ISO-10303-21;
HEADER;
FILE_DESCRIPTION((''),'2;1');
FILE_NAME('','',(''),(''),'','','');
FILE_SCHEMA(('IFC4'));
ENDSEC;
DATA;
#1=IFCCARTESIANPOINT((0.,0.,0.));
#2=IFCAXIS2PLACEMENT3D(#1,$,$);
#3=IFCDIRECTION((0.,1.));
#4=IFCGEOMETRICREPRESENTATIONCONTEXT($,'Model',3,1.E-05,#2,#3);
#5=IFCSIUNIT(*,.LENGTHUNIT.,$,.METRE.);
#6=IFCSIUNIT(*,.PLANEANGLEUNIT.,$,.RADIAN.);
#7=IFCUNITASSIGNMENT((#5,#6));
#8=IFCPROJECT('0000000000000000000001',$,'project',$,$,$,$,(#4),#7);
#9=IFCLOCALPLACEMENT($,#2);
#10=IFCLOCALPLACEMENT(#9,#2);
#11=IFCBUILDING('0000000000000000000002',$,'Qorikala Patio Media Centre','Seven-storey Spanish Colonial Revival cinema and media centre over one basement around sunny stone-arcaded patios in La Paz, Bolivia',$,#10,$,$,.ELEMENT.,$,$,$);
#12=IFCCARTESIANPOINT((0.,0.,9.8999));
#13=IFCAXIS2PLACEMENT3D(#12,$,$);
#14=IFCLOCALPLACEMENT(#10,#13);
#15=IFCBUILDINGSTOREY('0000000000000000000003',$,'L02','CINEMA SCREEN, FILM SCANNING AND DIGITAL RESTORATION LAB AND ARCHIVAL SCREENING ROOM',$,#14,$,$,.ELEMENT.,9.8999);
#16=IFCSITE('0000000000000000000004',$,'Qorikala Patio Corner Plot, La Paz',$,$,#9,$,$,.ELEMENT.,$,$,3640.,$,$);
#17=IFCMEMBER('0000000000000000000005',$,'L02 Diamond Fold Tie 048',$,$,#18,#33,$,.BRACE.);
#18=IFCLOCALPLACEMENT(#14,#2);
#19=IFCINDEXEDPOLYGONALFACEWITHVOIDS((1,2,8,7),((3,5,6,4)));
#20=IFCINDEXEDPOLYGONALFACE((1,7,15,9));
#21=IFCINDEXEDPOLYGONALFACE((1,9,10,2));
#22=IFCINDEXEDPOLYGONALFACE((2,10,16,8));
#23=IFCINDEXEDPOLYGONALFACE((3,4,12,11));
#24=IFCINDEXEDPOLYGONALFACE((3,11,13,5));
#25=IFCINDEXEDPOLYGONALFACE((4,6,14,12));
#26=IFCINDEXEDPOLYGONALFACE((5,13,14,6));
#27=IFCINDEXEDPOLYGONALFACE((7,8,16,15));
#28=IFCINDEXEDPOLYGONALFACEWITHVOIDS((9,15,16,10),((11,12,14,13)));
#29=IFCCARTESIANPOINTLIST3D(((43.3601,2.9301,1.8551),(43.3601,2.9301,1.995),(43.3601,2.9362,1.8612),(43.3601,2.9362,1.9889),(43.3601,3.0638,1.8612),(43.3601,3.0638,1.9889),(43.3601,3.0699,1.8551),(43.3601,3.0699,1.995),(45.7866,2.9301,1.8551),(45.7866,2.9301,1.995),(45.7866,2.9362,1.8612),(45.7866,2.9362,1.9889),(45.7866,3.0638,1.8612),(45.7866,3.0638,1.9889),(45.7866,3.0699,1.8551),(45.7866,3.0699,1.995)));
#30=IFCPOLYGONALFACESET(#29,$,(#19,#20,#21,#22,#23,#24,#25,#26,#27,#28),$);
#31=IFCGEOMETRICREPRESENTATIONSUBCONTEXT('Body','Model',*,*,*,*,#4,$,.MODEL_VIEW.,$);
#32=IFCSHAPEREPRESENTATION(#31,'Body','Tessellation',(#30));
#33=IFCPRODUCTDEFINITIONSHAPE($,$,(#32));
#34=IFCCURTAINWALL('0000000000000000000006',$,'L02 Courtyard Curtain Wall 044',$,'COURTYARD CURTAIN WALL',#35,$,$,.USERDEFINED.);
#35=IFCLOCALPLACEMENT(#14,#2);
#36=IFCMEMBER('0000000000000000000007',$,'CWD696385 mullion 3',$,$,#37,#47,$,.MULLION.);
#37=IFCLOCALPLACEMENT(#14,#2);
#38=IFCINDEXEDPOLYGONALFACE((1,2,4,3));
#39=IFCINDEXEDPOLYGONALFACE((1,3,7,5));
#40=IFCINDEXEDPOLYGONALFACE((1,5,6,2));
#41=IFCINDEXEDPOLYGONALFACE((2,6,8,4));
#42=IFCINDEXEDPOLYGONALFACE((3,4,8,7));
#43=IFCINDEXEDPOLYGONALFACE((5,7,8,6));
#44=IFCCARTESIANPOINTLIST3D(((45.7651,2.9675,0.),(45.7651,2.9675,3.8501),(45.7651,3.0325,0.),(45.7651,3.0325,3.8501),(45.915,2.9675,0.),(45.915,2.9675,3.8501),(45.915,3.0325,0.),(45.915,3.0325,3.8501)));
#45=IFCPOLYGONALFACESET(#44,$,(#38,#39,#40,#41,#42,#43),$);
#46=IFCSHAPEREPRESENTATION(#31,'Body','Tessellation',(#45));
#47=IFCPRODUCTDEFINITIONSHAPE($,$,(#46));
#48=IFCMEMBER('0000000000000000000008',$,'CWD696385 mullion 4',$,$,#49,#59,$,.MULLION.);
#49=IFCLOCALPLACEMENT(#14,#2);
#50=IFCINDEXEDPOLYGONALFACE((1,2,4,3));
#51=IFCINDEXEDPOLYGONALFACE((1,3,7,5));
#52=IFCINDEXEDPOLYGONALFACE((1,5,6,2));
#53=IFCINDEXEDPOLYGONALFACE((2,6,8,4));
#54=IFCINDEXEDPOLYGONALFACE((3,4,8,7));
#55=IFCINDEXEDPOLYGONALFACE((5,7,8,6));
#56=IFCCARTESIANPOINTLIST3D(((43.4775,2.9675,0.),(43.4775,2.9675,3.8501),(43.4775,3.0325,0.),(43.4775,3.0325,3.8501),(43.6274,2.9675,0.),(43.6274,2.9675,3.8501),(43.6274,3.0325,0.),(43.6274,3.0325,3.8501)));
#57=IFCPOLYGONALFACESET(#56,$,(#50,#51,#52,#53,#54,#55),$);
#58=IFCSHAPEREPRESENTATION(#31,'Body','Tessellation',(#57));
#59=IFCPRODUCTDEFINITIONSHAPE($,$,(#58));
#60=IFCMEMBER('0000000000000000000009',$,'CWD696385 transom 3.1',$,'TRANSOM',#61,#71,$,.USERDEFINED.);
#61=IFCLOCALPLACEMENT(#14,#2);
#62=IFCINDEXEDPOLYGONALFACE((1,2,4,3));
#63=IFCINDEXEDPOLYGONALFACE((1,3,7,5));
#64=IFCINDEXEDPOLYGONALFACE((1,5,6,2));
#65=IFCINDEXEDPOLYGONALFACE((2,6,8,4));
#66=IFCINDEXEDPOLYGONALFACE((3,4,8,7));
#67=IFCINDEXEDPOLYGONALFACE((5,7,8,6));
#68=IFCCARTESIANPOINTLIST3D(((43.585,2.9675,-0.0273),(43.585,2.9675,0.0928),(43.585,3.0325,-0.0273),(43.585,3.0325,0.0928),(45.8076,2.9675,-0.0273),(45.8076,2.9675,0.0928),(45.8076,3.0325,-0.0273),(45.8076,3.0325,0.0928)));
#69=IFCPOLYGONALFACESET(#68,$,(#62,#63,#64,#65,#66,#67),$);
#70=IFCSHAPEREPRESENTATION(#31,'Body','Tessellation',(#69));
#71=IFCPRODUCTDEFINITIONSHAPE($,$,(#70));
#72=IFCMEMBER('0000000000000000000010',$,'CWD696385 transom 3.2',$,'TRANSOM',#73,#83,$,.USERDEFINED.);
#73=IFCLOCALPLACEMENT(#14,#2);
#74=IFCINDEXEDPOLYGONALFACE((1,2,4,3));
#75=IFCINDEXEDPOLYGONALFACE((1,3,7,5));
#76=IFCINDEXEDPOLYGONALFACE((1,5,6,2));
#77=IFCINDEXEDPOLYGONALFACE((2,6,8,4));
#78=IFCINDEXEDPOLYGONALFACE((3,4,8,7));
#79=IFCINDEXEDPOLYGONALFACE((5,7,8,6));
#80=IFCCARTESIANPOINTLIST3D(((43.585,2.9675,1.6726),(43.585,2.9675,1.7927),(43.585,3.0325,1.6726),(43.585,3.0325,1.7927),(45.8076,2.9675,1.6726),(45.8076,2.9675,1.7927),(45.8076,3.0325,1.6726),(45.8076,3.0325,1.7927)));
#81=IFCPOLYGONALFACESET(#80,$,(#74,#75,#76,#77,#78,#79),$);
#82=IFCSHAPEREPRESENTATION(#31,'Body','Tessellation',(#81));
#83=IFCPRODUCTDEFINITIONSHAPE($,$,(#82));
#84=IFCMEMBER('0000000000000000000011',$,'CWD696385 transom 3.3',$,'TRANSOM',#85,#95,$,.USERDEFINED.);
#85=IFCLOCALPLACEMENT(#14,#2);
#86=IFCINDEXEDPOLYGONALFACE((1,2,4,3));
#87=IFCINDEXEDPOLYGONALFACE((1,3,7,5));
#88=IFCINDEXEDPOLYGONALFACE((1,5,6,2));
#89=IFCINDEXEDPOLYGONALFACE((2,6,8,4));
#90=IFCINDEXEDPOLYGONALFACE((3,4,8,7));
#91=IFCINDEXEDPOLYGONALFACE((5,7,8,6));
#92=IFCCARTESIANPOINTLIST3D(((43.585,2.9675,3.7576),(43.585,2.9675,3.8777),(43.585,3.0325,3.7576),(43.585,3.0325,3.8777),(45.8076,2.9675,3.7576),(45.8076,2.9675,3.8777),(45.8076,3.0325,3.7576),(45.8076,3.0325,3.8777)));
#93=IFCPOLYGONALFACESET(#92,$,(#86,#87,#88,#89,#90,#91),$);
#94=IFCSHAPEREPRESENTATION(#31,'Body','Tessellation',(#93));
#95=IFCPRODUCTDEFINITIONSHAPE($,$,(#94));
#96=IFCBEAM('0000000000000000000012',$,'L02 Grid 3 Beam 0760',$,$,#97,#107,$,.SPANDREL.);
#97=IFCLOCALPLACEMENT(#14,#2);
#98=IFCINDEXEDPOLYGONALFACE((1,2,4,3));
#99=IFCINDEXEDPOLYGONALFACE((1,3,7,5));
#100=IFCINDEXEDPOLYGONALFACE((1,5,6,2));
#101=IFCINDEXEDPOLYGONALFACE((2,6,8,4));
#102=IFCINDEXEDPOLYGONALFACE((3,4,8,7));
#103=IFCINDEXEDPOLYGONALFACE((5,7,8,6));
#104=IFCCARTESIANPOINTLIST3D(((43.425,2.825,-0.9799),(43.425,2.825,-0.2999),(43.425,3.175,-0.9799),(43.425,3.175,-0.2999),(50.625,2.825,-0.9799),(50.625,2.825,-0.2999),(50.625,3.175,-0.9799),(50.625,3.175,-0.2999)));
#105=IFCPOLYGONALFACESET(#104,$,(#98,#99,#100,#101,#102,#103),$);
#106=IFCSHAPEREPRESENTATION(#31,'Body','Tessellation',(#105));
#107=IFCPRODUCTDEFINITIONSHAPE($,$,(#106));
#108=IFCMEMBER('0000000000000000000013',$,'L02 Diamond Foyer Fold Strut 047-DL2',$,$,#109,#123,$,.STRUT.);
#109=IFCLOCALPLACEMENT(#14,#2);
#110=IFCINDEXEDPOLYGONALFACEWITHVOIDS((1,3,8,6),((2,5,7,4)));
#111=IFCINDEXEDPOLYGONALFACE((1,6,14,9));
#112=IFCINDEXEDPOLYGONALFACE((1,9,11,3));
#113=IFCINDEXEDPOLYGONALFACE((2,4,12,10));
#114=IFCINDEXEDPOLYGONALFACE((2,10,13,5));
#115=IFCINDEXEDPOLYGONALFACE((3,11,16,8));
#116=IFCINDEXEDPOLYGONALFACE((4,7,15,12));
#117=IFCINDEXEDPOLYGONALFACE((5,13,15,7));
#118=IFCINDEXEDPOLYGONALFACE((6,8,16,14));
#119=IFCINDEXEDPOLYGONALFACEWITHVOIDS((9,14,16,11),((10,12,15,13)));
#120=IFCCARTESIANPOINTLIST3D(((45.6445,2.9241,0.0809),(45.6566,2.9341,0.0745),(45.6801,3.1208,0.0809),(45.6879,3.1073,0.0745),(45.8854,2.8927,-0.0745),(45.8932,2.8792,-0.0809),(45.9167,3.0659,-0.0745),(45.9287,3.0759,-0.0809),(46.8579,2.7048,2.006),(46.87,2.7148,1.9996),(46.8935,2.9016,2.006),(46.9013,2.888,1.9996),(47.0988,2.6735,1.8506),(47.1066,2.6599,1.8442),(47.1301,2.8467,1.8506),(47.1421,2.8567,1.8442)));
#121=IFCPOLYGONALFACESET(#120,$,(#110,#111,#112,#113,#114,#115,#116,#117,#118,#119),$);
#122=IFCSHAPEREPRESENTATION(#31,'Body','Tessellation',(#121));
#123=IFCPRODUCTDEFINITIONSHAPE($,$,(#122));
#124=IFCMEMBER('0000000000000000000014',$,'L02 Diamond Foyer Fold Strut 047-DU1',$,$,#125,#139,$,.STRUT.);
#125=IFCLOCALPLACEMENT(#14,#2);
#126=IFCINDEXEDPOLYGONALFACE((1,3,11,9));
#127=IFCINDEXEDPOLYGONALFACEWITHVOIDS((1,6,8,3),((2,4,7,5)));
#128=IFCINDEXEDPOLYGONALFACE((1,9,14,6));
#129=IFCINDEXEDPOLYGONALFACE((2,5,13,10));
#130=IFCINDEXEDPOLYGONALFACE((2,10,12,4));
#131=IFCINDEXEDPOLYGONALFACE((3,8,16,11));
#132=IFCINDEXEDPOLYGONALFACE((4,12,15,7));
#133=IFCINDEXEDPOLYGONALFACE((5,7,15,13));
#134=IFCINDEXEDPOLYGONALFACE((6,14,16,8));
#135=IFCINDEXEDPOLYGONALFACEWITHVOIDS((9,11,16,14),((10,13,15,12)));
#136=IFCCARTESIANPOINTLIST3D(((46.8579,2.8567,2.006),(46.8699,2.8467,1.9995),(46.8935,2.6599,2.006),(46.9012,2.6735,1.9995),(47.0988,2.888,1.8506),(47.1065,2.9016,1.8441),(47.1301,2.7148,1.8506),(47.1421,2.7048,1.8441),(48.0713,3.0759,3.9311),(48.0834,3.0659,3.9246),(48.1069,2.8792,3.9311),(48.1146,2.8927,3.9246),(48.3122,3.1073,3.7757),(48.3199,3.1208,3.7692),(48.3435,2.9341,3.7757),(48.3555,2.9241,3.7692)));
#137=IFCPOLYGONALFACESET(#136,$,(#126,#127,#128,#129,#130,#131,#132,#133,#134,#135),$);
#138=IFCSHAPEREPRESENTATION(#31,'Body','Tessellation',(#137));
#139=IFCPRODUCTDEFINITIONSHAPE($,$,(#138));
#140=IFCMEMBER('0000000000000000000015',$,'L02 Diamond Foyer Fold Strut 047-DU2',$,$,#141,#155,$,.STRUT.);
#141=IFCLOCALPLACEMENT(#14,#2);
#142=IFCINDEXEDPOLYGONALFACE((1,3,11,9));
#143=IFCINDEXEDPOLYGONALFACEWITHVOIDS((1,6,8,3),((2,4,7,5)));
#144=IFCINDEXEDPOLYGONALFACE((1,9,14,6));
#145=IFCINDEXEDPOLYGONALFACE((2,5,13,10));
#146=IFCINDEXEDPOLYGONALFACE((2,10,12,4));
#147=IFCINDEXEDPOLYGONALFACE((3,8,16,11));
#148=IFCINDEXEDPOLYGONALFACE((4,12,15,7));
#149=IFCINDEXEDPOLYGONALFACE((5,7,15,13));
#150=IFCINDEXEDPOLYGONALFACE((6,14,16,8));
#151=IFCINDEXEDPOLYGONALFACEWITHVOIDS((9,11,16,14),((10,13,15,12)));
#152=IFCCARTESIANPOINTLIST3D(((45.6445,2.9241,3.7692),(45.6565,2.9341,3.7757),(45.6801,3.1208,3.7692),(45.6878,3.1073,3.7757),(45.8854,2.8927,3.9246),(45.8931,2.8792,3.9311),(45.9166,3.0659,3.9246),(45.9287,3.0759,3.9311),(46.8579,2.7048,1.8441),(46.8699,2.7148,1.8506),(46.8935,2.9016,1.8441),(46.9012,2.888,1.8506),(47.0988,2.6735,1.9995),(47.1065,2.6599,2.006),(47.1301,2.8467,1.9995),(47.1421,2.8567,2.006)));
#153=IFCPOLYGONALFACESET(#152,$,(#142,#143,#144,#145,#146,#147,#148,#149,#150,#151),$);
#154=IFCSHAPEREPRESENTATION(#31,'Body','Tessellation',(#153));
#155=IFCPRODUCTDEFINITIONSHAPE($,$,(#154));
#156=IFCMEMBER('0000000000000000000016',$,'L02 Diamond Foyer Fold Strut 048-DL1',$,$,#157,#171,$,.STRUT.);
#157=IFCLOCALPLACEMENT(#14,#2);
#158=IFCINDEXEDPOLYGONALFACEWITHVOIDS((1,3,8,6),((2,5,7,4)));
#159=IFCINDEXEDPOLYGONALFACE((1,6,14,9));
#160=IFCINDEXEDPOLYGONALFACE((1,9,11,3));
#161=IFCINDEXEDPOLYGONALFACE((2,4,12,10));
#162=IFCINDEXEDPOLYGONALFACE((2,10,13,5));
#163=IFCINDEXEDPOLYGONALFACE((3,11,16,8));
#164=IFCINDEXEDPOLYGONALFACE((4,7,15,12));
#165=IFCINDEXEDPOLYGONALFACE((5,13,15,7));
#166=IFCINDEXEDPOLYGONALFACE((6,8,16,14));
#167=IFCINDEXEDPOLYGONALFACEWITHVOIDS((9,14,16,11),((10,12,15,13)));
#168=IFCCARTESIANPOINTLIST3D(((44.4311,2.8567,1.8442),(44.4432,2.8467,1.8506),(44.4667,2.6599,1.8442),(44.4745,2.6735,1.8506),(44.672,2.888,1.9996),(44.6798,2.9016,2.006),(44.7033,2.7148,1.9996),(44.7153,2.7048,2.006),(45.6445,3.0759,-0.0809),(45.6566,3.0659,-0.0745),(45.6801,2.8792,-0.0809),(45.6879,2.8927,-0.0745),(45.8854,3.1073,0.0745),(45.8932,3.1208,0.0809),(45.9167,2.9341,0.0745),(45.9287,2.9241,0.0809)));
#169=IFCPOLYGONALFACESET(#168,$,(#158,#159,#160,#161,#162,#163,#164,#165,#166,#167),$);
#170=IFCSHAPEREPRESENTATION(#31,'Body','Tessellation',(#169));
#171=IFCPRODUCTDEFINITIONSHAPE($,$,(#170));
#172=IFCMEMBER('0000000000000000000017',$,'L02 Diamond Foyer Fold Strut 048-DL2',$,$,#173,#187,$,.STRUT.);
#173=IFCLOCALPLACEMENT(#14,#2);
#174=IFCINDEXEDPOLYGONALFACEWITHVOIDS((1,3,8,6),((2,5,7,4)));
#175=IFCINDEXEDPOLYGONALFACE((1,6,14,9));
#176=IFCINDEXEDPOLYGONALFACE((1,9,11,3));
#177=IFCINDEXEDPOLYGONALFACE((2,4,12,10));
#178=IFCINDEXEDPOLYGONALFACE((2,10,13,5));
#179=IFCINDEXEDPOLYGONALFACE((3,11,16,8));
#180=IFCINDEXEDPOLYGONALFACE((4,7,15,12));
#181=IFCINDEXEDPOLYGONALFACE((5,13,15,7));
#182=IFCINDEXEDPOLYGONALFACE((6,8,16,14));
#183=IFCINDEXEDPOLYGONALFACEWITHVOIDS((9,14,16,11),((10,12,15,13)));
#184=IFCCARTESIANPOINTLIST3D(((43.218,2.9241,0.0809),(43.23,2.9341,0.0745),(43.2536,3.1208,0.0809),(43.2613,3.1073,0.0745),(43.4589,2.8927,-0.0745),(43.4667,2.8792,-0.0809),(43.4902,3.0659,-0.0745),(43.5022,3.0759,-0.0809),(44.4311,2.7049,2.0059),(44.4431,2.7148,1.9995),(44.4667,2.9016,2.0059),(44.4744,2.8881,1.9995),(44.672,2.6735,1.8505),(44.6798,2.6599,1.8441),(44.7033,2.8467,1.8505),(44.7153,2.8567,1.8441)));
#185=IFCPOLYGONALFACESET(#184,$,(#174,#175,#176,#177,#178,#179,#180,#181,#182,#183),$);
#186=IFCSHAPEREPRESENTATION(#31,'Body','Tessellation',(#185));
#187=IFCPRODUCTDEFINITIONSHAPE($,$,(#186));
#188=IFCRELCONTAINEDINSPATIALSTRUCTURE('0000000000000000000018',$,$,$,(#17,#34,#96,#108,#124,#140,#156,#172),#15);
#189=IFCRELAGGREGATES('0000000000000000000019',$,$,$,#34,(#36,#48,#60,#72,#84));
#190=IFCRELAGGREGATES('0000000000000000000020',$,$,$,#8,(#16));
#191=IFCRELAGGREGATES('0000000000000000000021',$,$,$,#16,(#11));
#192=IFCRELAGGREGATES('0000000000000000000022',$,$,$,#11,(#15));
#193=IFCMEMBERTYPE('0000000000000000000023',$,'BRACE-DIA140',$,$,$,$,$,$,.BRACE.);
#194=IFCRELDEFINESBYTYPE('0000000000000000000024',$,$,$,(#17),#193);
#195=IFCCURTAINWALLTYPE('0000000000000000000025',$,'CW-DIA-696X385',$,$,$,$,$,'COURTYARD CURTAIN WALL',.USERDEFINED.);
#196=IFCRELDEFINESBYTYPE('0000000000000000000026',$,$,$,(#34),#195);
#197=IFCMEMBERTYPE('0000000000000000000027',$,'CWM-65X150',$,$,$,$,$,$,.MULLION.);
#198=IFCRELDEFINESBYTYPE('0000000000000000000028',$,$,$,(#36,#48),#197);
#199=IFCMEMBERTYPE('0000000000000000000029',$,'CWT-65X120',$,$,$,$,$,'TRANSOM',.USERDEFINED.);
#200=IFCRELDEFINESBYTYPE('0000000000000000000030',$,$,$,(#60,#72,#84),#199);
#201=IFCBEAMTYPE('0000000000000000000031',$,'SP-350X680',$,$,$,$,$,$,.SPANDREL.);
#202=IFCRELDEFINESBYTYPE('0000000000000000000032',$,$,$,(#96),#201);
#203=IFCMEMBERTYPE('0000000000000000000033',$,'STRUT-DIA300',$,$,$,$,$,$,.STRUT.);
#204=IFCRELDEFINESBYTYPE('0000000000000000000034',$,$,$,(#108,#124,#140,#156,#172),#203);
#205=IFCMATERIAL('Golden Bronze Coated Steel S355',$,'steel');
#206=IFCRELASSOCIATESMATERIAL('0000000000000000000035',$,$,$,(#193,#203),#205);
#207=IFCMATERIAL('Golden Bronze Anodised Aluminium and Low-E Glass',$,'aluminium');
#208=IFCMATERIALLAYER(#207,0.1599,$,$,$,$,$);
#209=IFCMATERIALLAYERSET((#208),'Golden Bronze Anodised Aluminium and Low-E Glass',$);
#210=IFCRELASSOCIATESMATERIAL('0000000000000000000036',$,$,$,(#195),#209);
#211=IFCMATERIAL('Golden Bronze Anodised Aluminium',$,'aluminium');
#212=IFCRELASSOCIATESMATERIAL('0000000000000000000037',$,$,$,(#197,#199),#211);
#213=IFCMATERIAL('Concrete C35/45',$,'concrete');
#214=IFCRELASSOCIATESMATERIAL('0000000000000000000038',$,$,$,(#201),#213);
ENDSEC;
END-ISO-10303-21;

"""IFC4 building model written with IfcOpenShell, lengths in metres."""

from ifc_helpers import new_model, si_unit, direction, frame, origin, origin_2d, place, context, subcontext, project, spatial, rectangle, hollow_rectangle, extrude, material, layer, layer_set, material_profile, profile_set, type_object, element, aggregate, save


model = new_model("IFC4")

# Units and contexts
model_context = context("Model", 3, precision=1e-05, world=origin(), true_north=direction((0.0, 1.0)))
body_context = subcontext(model_context, "Body", "Model", "MODEL_VIEW")
ifc_project = project(units=[si_unit("LENGTHUNIT", "METRE"), si_unit("PLANEANGLEUNIT", "RADIAN")], contexts=[model_context])

# Site, building, storey
site_placement = place(None, origin())
site = spatial("IfcSite", under=ifc_project, at=site_placement, Name="Qorikala Patio Corner Plot, La Paz", CompositionType="ELEMENT", RefElevation=3640.0)
building_placement = place(site_placement, origin())
building = spatial("IfcBuilding", under=site, at=building_placement, Name="Qorikala Patio Media Centre", Description="Seven-storey Spanish Colonial Revival cinema and media centre over one basement around sunny stone-arcaded patios in La Paz, Bolivia", CompositionType="ELEMENT")
storey_placement = place(building_placement, frame((0.0, 0.0, 9.8999)))
storey = spatial("IfcBuildingStorey", under=building, at=storey_placement, Name="L02", Description="CINEMA SCREEN, FILM SCANNING AND DIGITAL RESTORATION LAB AND ARCHIVAL SCREENING ROOM", CompositionType="ELEMENT", Elevation=9.8999)

# Member
ifc_material_1 = material(Name="Golden Bronze Coated Steel S355", Category="steel")
ifc_material_profile_1 = material_profile(ifc_material_1, hollow_rectangle(XDim=0.1399, YDim=0.1399, WallThickness=0.0061, at=origin_2d()), Name="HSS140X140X6")
ifc_profile_set_1 = profile_set([ifc_material_profile_1], Name="Golden Bronze Coated Steel S355")
member_type_1 = type_object("IfcMemberType", Name="BRACE-DIA140", PredefinedType="BRACE", material=ifc_profile_set_1)
member_1_placement = place(storey_placement, frame((45.7866, 3.0, 1.925), z_axis=(-1.0, 0.0, 0.0), x_axis=(0.0, -1.0, 0.0)))
element("IfcMember", 1, at=member_1_placement, inside=storey, type_object=member_type_1, Name="L02 Diamond Fold Tie 048", PredefinedType="BRACE", context=body_context, shape_type="SweptSolid", body=[
    extrude(hollow_rectangle(XDim=0.1399, YDim=0.1399, WallThickness=0.0061, at=origin_2d()), origin(), (0.0, 0.0, 1.0), 2.4265),
])

# Curtain wall, members
ifc_material_2 = material(Name="Golden Bronze Anodised Aluminium and Low-E Glass", Category="aluminium")
ifc_layer_1 = layer(ifc_material_2, 0.1599)
ifc_layer_set_1 = layer_set([ifc_layer_1], Name="Golden Bronze Anodised Aluminium and Low-E Glass")
curtain_wall_type = type_object("IfcCurtainWallType", Name="CW-DIA-696X385", ElementType="COURTYARD CURTAIN WALL", PredefinedType="USERDEFINED", material=ifc_layer_set_1)
curtain_wall_placement = place(storey_placement, origin())
curtain_wall = element("IfcCurtainWall", 2, at=curtain_wall_placement, inside=storey, type_object=curtain_wall_type, Name="L02 Courtyard Curtain Wall 044", ObjectType="COURTYARD CURTAIN WALL", PredefinedType="USERDEFINED")
ifc_material_3 = material(Name="Golden Bronze Anodised Aluminium", Category="aluminium")
ifc_material_profile_2 = material_profile(ifc_material_3, rectangle(XDim=0.0649, YDim=0.1499, at=origin_2d()), Name="ALU MULLION 65x150")
ifc_profile_set_2 = profile_set([ifc_material_profile_2], Name="Golden Bronze Anodised Aluminium")
member_type_2 = type_object("IfcMemberType", Name="CWM-65X150", PredefinedType="MULLION", material=ifc_profile_set_2)
member_2_placement = place(storey_placement, frame((45.8401, 3.0, 0.0), z_axis=(0.0, 0.0, 1.0), x_axis=(0.0, -1.0, 0.0)))
member_2 = element("IfcMember", 3, at=member_2_placement, type_object=member_type_2, Name="CWD696385 mullion 3", PredefinedType="MULLION", context=body_context, shape_type="SweptSolid", body=[
    extrude(rectangle(XDim=0.0649, YDim=0.1499, at=origin_2d()), origin(), (0.0, 0.0, 1.0), 3.8501),
])
member_3_placement = place(storey_placement, frame((43.5525, 3.0, 0.0), z_axis=(0.0, 0.0, 1.0), x_axis=(0.0, -1.0, 0.0)))
member_3 = element("IfcMember", 4, at=member_3_placement, type_object=member_type_2, Name="CWD696385 mullion 4", PredefinedType="MULLION", context=body_context, shape_type="SweptSolid", body=[
    extrude(rectangle(XDim=0.0649, YDim=0.1499, at=origin_2d()), origin(), (0.0, 0.0, 1.0), 3.8501),
])
ifc_material_profile_3 = material_profile(ifc_material_3, rectangle(XDim=0.0649, YDim=0.1201, at=origin_2d()), Name="ALU TRANSOM 65x120")
ifc_profile_set_3 = profile_set([ifc_material_profile_3], Name="Golden Bronze Anodised Aluminium")
member_type_3 = type_object("IfcMemberType", Name="CWT-65X120", ElementType="TRANSOM", PredefinedType="USERDEFINED", material=ifc_profile_set_3)
member_4_placement = place(storey_placement, frame((45.8076, 3.0, 0.0327), z_axis=(-1.0, 0.0, 0.0), x_axis=(0.0, -1.0, 0.0)))
member_4 = element("IfcMember", 5, at=member_4_placement, type_object=member_type_3, Name="CWD696385 transom 3.1", ObjectType="TRANSOM", PredefinedType="USERDEFINED", context=body_context, shape_type="SweptSolid", body=[
    extrude(rectangle(XDim=0.0649, YDim=0.1201, at=origin_2d()), origin(), (0.0, 0.0, 1.0), 2.2227),
])
member_5_placement = place(storey_placement, frame((45.8076, 3.0, 1.7327), z_axis=(-1.0, 0.0, 0.0), x_axis=(0.0, -1.0, 0.0)))
member_5 = element("IfcMember", 6, at=member_5_placement, type_object=member_type_3, Name="CWD696385 transom 3.2", ObjectType="TRANSOM", PredefinedType="USERDEFINED", context=body_context, shape_type="SweptSolid", body=[
    extrude(rectangle(XDim=0.0649, YDim=0.1201, at=origin_2d()), origin(), (0.0, 0.0, 1.0), 2.2227),
])
member_6_placement = place(storey_placement, frame((45.8076, 3.0, 3.8176), z_axis=(-1.0, 0.0, 0.0), x_axis=(0.0, -1.0, 0.0)))
member_6 = element("IfcMember", 7, at=member_6_placement, type_object=member_type_3, Name="CWD696385 transom 3.3", ObjectType="TRANSOM", PredefinedType="USERDEFINED", context=body_context, shape_type="SweptSolid", body=[
    extrude(rectangle(XDim=0.0649, YDim=0.1201, at=origin_2d()), origin(), (0.0, 0.0, 1.0), 2.2227),
])

# Beam
ifc_material_4 = material(Name="Concrete C35/45", Category="concrete")
ifc_material_profile_4 = material_profile(ifc_material_4, rectangle(XDim=0.3501, YDim=0.6799, at=origin_2d()), Name="RC 350x680")
ifc_profile_set_4 = profile_set([ifc_material_profile_4], Name="Concrete C35/45")
beam_type = type_object("IfcBeamType", Name="SP-350X680", PredefinedType="SPANDREL", material=ifc_profile_set_4)
beam_placement = place(storey_placement, frame((43.425, 3.0, -0.6399), z_axis=(1.0, 0.0, 0.0), x_axis=(0.0, 1.0, 0.0)))
element("IfcBeam", 8, at=beam_placement, inside=storey, type_object=beam_type, Name="L02 Grid 3 Beam 0760", PredefinedType="SPANDREL", context=body_context, shape_type="SweptSolid", body=[
    extrude(rectangle(XDim=0.3501, YDim=0.6799, at=origin_2d()), origin(), (0.0, 0.0, 1.0), 7.2),
])

# Members
ifc_material_profile_5 = material_profile(ifc_material_1, hollow_rectangle(XDim=0.2, YDim=0.3, WallThickness=0.012, at=origin_2d()), Name="HSS300X200X12")
ifc_profile_set_5 = profile_set([ifc_material_profile_5], Name="Golden Bronze Coated Steel S355")
member_type_4 = type_object("IfcMemberType", Name="STRUT-DIA300", PredefinedType="STRUT", material=ifc_profile_set_5)
for number, where, z_axis, x_axis, name in (
    (9, (45.7866, 3.0, 0.0), (0.530768, -0.095901, 0.842074), (0.177805, 0.984066, 0.0), "L02 Diamond Foyer Fold Strut 047-DL2"),
    (10, (47.0, 2.7808, 1.925), (0.530768, 0.095901, 0.842074), (-0.177805, 0.984066, 0.0), "L02 Diamond Foyer Fold Strut 047-DU1"),
    (11, (47.0, 2.7808, 1.925), (-0.530768, 0.095901, 0.842074), (-0.177805, -0.984066, 0.0), "L02 Diamond Foyer Fold Strut 047-DU2"),
    (12, (45.7866, 3.0, 0.0), (-0.530768, -0.095901, 0.842074), (0.177805, -0.984066, 0.0), "L02 Diamond Foyer Fold Strut 048-DL1"),
):
    element("IfcMember", number, at=place(storey_placement, frame(where, z_axis=z_axis, x_axis=x_axis)), inside=storey, type_object=member_type_4, Name=name, PredefinedType="STRUT", context=body_context, shape_type="SweptSolid", body=[
        extrude(hollow_rectangle(XDim=0.2, YDim=0.3, WallThickness=0.012, at=origin_2d()), origin(), (0.0, 0.0, 1.0), 2.2861),
    ])
member_7_placement = place(storey_placement, frame((43.3601, 3.0, 0.0), z_axis=(0.530691, -0.095907, 0.842121), x_axis=(0.17784, 0.984059, 0.0)))
element("IfcMember", 13, at=member_7_placement, inside=storey, type_object=member_type_4, Name="L02 Diamond Foyer Fold Strut 048-DL2", PredefinedType="STRUT", context=body_context, shape_type="SweptSolid", body=[
    extrude(hollow_rectangle(XDim=0.2, YDim=0.3, WallThickness=0.012, at=origin_2d()), origin(), (0.0, 0.0, 1.0), 2.2859),
])

aggregate(curtain_wall, [member_2, member_3, member_4, member_5, member_6])

save(model, "model.ifc")
